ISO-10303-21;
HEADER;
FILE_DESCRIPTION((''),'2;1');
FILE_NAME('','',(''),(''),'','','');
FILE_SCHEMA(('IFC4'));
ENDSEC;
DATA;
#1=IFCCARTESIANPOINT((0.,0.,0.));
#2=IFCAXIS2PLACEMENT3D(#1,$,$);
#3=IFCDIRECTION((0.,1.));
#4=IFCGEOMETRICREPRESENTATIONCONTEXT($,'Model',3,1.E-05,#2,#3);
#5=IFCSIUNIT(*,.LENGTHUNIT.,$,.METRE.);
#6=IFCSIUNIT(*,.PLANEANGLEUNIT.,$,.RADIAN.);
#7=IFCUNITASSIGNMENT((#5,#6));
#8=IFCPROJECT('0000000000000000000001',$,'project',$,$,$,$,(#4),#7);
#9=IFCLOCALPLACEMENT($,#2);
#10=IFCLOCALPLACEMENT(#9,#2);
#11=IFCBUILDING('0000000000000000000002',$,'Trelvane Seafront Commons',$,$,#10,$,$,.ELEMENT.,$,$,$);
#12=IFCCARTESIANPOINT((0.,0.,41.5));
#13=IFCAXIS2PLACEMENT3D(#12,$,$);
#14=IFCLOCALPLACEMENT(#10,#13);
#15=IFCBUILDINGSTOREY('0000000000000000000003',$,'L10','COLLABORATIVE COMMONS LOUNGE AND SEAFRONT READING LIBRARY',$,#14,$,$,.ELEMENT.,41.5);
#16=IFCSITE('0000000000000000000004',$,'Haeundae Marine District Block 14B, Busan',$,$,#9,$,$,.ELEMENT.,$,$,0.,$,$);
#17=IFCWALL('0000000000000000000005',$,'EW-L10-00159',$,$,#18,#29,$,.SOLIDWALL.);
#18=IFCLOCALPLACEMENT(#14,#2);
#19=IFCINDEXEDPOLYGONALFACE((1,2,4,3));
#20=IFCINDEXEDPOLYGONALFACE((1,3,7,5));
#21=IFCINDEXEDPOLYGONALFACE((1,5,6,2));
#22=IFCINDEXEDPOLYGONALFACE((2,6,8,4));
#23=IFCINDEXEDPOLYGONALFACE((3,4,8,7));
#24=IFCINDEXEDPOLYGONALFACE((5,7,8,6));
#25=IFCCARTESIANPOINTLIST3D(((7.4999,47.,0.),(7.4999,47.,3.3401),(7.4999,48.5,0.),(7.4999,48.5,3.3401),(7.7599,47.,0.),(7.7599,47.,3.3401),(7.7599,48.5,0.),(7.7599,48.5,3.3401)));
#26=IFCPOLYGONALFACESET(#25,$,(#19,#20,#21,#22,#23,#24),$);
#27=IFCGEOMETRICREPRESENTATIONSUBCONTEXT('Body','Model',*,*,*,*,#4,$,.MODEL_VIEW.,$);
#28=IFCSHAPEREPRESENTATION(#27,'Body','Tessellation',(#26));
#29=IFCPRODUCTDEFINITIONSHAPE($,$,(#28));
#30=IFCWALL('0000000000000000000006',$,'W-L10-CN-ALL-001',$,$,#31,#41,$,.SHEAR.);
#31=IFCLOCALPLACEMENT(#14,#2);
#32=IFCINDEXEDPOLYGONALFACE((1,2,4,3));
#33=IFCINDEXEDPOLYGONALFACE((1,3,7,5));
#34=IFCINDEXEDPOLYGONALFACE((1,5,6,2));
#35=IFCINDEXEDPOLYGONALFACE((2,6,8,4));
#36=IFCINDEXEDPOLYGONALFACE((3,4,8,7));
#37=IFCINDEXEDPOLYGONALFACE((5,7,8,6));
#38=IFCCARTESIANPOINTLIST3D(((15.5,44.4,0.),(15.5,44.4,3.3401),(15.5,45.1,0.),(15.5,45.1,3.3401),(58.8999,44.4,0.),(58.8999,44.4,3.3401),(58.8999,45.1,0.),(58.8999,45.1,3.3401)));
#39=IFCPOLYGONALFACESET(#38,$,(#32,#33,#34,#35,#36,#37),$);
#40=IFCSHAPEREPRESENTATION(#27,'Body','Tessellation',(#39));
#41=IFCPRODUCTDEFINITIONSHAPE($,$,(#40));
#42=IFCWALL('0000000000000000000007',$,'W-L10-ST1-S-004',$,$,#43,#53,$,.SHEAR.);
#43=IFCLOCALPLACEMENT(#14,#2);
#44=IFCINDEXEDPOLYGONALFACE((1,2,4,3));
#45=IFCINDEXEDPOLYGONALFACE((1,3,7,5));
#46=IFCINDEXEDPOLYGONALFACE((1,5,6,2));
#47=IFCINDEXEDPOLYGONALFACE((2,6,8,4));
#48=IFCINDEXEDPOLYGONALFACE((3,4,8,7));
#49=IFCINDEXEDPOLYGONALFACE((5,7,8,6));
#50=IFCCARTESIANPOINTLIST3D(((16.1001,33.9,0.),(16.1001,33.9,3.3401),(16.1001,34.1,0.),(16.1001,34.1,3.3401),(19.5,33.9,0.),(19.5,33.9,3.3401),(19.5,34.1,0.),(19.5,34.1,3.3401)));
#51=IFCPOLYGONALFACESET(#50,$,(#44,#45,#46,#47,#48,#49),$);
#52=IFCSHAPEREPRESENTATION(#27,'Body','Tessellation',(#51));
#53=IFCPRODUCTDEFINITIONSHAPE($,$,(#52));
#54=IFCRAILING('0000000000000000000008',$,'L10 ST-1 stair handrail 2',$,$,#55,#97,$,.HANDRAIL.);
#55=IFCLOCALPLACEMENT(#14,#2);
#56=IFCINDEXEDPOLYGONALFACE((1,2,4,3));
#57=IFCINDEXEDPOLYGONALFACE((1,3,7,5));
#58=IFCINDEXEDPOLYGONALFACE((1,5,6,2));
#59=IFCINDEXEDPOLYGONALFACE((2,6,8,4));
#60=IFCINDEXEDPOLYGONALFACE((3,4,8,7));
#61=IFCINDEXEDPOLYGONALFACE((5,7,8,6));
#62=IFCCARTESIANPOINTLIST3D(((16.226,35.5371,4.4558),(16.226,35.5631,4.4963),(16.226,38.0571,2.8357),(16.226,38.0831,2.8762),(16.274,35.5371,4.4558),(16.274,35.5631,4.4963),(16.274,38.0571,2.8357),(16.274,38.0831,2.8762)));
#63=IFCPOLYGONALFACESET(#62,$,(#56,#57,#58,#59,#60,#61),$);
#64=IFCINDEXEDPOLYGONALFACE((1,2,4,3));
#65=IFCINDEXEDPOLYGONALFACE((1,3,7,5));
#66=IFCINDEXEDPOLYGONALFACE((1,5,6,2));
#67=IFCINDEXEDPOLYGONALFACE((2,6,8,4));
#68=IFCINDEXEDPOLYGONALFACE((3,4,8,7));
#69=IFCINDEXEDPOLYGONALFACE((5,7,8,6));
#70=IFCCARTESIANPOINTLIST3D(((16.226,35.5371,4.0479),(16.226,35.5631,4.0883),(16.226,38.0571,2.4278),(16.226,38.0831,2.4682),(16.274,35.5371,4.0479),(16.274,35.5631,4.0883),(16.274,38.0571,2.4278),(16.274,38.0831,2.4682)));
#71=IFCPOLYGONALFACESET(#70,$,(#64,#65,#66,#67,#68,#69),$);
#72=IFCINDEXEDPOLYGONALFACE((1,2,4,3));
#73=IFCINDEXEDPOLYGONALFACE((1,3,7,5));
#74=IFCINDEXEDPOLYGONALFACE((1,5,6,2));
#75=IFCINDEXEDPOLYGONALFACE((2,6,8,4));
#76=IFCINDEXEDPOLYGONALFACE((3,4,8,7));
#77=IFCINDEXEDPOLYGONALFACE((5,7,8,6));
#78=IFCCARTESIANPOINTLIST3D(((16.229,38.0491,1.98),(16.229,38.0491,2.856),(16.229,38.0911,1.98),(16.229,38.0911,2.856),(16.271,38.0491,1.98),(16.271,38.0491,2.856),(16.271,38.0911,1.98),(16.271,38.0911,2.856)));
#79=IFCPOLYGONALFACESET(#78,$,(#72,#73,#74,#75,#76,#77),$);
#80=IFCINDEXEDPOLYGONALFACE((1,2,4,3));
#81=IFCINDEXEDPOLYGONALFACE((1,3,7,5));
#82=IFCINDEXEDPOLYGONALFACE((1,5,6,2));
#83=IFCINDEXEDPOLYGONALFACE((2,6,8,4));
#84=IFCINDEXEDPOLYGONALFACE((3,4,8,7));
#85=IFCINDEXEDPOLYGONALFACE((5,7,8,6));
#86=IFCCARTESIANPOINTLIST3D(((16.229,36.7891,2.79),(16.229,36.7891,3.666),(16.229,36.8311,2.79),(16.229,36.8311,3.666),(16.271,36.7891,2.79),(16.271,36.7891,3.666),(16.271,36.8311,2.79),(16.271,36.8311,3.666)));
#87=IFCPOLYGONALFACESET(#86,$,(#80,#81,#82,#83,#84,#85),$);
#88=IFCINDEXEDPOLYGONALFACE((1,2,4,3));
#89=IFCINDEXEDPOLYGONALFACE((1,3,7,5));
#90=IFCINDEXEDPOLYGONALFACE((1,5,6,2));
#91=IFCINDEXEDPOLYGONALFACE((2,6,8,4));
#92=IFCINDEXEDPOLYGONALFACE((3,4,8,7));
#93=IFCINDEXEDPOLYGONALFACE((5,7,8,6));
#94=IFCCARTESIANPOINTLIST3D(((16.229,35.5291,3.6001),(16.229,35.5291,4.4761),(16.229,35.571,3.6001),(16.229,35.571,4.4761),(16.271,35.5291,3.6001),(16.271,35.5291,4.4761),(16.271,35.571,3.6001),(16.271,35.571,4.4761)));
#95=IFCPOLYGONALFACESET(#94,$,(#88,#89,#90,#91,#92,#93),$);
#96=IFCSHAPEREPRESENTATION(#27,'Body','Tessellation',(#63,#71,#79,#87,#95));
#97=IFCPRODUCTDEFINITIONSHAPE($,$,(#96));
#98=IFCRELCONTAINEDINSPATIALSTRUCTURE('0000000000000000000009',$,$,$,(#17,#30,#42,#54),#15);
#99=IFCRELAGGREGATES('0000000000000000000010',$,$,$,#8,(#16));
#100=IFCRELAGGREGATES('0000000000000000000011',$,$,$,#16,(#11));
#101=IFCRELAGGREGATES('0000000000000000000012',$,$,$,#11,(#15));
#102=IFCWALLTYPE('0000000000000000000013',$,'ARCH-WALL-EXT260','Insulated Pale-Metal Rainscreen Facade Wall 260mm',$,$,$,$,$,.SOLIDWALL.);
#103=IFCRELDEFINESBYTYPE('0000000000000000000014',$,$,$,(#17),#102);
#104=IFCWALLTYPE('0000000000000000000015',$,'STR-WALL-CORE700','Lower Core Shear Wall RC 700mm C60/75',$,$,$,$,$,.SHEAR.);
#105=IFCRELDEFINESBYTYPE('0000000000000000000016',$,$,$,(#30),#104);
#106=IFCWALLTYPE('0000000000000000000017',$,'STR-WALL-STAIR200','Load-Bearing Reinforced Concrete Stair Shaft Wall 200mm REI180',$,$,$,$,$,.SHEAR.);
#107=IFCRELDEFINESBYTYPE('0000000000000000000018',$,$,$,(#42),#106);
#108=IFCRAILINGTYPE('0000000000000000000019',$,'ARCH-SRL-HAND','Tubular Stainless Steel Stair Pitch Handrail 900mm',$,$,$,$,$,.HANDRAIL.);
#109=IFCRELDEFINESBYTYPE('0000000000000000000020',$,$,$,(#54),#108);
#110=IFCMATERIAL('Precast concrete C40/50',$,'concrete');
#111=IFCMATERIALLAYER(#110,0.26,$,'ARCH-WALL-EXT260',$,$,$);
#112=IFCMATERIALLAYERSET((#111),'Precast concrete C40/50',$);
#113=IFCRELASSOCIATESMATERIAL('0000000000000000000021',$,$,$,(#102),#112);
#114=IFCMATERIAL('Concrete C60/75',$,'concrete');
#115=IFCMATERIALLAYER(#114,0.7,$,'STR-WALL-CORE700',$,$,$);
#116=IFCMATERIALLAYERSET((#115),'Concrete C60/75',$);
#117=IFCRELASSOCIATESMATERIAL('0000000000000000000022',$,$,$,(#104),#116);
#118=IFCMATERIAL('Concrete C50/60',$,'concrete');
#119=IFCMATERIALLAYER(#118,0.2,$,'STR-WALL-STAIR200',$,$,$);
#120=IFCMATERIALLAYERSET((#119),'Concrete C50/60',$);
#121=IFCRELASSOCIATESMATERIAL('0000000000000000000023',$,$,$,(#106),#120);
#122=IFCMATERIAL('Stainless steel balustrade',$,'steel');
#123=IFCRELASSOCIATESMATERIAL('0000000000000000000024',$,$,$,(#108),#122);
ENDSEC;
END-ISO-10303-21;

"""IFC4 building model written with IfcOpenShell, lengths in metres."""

from ifc_helpers import new_model, si_unit, direction, frame, frame_2d, origin, origin_2d, place, context, subcontext, project, spatial, rectangle, extrude, material, layer, layer_set, type_object, element, save


model = new_model("IFC4")

# Units and contexts
model_context = context("Model", 3, precision=1e-05, world=origin(), true_north=direction((0.0, 1.0)))
body_context = subcontext(model_context, "Body", "Model", "MODEL_VIEW")
ifc_project = project(units=[si_unit("LENGTHUNIT", "METRE"), si_unit("PLANEANGLEUNIT", "RADIAN")], contexts=[model_context])

# Site, building, storey
site_placement = place(None, origin())
site = spatial("IfcSite", under=ifc_project, at=site_placement, Name="Haeundae Marine District Block 14B, Busan", CompositionType="ELEMENT", RefElevation=0.0)
building_placement = place(site_placement, origin())
building = spatial("IfcBuilding", under=site, at=building_placement, Name="Trelvane Seafront Commons", CompositionType="ELEMENT")
storey_placement = place(building_placement, frame((0.0, 0.0, 41.5)))
storey = spatial("IfcBuildingStorey", under=building, at=storey_placement, Name="L10", Description="COLLABORATIVE COMMONS LOUNGE AND SEAFRONT READING LIBRARY", CompositionType="ELEMENT", Elevation=41.5)

# Shared definitions
ifc_material_1 = material(Name="Concrete C60/75", Category="concrete")

# Shared definitions
ifc_material_2 = material(Name="Precast concrete C40/50", Category="concrete")
ifc_layer_1 = layer(ifc_material_2, 0.26, Name="ARCH-WALL-EXT260")
ifc_layer_set_1 = layer_set([ifc_layer_1], Name="Precast concrete C40/50")
wall_type_1 = type_object("IfcWallType", Name="ARCH-WALL-EXT260", Description="Insulated Pale-Metal Rainscreen Facade Wall 260mm", PredefinedType="SOLIDWALL", material=ifc_layer_set_1)

# Wall
for number, where, z_axis, x_axis, name in (
    (1, (7.6299, 47.0, 0.0), (0.0, 0.0, 1.0), (0.0, 1.0, 0.0), "EW-L10-00159"),
):
    element("IfcWall", number, at=place(storey_placement, frame(where, z_axis=z_axis, x_axis=x_axis)), inside=storey, type_object=wall_type_1, Name=name, PredefinedType="SOLIDWALL", context=body_context, shape_type="SweptSolid", body=[
        extrude(rectangle(XDim=1.5, YDim=0.26, at=frame_2d((0.75, 0.0))), origin(), (0.0, 0.0, 1.0), 3.3401),
    ])

# Walls
ifc_layer_2 = layer(ifc_material_1, 0.7, Name="STR-WALL-CORE700")
ifc_layer_set_2 = layer_set([ifc_layer_2], Name="Concrete C60/75")
wall_type_2 = type_object("IfcWallType", Name="STR-WALL-CORE700", Description="Lower Core Shear Wall RC 700mm C60/75", PredefinedType="SHEAR", material=ifc_layer_set_2)
wall_1_placement = place(storey_placement, frame((15.5, 44.75, 0.0), z_axis=(0.0, 0.0, 1.0), x_axis=(1.0, 0.0, 0.0)))
element("IfcWall", 2, at=wall_1_placement, inside=storey, type_object=wall_type_2, Name="W-L10-CN-ALL-001", PredefinedType="SHEAR", context=body_context, shape_type="SweptSolid", body=[
    extrude(rectangle(XDim=43.3999, YDim=0.7, at=frame_2d((21.7, 0.0))), origin(), (0.0, 0.0, 1.0), 3.3401),
])
ifc_material_3 = material(Name="Concrete C50/60", Category="concrete")
ifc_layer_3 = layer(ifc_material_3, 0.2, Name="STR-WALL-STAIR200")
ifc_layer_set_3 = layer_set([ifc_layer_3], Name="Concrete C50/60")
wall_type_3 = type_object("IfcWallType", Name="STR-WALL-STAIR200", Description="Load-Bearing Reinforced Concrete Stair Shaft Wall 200mm REI180", PredefinedType="SHEAR", material=ifc_layer_set_3)
wall_2_placement = place(storey_placement, frame((16.1001, 34.0, 0.0), z_axis=(0.0, 0.0, 1.0), x_axis=(1.0, 0.0, 0.0)))
element("IfcWall", 3, at=wall_2_placement, inside=storey, type_object=wall_type_3, Name="W-L10-ST1-S-004", PredefinedType="SHEAR", context=body_context, shape_type="SweptSolid", body=[
    extrude(rectangle(XDim=3.3999, YDim=0.2, at=frame_2d((1.7, 0.0))), origin(), (0.0, 0.0, 1.0), 3.3401),
])

# Railing
ifc_material_4 = material(Name="Stainless steel balustrade", Category="steel")
railing_type = type_object("IfcRailingType", Name="ARCH-SRL-HAND", Description="Tubular Stainless Steel Stair Pitch Handrail 900mm", PredefinedType="HANDRAIL", material=ifc_material_4)
railing_placement = place(storey_placement, frame((16.25, 38.0701, 1.98)))
element("IfcRailing", 4, at=railing_placement, inside=storey, type_object=railing_type, Name="L10 ST-1 stair handrail 2", PredefinedType="HANDRAIL", context=body_context, shape_type="SweptSolid", body=[
    extrude(rectangle(XDim=0.0481, YDim=0.0481, at=origin_2d()), frame((0.0, 0.0, 0.876), z_axis=(0.0, -0.841163, 0.540782), x_axis=(1.0, 0.0, 0.0)), (0.0, 0.0, 1.0), 2.9958),
    extrude(rectangle(XDim=0.0481, YDim=0.0481, at=origin_2d()), frame((0.0, 0.0, 0.468), z_axis=(0.0, -0.841163, 0.540782), x_axis=(1.0, 0.0, 0.0)), (0.0, 0.0, 1.0), 2.9958),
    extrude(rectangle(XDim=0.042, YDim=0.042, at=origin_2d()), origin(), (0.0, 0.0, 1.0), 0.876),
    extrude(rectangle(XDim=0.042, YDim=0.042, at=origin_2d()), frame((0.0, -1.26, 0.8101)), (0.0, 0.0, 1.0), 0.876),
    extrude(rectangle(XDim=0.042, YDim=0.042, at=origin_2d()), frame((0.0, -2.52, 1.6201)), (0.0, 0.0, 1.0), 0.876),
])

save(model, "model.ifc")
